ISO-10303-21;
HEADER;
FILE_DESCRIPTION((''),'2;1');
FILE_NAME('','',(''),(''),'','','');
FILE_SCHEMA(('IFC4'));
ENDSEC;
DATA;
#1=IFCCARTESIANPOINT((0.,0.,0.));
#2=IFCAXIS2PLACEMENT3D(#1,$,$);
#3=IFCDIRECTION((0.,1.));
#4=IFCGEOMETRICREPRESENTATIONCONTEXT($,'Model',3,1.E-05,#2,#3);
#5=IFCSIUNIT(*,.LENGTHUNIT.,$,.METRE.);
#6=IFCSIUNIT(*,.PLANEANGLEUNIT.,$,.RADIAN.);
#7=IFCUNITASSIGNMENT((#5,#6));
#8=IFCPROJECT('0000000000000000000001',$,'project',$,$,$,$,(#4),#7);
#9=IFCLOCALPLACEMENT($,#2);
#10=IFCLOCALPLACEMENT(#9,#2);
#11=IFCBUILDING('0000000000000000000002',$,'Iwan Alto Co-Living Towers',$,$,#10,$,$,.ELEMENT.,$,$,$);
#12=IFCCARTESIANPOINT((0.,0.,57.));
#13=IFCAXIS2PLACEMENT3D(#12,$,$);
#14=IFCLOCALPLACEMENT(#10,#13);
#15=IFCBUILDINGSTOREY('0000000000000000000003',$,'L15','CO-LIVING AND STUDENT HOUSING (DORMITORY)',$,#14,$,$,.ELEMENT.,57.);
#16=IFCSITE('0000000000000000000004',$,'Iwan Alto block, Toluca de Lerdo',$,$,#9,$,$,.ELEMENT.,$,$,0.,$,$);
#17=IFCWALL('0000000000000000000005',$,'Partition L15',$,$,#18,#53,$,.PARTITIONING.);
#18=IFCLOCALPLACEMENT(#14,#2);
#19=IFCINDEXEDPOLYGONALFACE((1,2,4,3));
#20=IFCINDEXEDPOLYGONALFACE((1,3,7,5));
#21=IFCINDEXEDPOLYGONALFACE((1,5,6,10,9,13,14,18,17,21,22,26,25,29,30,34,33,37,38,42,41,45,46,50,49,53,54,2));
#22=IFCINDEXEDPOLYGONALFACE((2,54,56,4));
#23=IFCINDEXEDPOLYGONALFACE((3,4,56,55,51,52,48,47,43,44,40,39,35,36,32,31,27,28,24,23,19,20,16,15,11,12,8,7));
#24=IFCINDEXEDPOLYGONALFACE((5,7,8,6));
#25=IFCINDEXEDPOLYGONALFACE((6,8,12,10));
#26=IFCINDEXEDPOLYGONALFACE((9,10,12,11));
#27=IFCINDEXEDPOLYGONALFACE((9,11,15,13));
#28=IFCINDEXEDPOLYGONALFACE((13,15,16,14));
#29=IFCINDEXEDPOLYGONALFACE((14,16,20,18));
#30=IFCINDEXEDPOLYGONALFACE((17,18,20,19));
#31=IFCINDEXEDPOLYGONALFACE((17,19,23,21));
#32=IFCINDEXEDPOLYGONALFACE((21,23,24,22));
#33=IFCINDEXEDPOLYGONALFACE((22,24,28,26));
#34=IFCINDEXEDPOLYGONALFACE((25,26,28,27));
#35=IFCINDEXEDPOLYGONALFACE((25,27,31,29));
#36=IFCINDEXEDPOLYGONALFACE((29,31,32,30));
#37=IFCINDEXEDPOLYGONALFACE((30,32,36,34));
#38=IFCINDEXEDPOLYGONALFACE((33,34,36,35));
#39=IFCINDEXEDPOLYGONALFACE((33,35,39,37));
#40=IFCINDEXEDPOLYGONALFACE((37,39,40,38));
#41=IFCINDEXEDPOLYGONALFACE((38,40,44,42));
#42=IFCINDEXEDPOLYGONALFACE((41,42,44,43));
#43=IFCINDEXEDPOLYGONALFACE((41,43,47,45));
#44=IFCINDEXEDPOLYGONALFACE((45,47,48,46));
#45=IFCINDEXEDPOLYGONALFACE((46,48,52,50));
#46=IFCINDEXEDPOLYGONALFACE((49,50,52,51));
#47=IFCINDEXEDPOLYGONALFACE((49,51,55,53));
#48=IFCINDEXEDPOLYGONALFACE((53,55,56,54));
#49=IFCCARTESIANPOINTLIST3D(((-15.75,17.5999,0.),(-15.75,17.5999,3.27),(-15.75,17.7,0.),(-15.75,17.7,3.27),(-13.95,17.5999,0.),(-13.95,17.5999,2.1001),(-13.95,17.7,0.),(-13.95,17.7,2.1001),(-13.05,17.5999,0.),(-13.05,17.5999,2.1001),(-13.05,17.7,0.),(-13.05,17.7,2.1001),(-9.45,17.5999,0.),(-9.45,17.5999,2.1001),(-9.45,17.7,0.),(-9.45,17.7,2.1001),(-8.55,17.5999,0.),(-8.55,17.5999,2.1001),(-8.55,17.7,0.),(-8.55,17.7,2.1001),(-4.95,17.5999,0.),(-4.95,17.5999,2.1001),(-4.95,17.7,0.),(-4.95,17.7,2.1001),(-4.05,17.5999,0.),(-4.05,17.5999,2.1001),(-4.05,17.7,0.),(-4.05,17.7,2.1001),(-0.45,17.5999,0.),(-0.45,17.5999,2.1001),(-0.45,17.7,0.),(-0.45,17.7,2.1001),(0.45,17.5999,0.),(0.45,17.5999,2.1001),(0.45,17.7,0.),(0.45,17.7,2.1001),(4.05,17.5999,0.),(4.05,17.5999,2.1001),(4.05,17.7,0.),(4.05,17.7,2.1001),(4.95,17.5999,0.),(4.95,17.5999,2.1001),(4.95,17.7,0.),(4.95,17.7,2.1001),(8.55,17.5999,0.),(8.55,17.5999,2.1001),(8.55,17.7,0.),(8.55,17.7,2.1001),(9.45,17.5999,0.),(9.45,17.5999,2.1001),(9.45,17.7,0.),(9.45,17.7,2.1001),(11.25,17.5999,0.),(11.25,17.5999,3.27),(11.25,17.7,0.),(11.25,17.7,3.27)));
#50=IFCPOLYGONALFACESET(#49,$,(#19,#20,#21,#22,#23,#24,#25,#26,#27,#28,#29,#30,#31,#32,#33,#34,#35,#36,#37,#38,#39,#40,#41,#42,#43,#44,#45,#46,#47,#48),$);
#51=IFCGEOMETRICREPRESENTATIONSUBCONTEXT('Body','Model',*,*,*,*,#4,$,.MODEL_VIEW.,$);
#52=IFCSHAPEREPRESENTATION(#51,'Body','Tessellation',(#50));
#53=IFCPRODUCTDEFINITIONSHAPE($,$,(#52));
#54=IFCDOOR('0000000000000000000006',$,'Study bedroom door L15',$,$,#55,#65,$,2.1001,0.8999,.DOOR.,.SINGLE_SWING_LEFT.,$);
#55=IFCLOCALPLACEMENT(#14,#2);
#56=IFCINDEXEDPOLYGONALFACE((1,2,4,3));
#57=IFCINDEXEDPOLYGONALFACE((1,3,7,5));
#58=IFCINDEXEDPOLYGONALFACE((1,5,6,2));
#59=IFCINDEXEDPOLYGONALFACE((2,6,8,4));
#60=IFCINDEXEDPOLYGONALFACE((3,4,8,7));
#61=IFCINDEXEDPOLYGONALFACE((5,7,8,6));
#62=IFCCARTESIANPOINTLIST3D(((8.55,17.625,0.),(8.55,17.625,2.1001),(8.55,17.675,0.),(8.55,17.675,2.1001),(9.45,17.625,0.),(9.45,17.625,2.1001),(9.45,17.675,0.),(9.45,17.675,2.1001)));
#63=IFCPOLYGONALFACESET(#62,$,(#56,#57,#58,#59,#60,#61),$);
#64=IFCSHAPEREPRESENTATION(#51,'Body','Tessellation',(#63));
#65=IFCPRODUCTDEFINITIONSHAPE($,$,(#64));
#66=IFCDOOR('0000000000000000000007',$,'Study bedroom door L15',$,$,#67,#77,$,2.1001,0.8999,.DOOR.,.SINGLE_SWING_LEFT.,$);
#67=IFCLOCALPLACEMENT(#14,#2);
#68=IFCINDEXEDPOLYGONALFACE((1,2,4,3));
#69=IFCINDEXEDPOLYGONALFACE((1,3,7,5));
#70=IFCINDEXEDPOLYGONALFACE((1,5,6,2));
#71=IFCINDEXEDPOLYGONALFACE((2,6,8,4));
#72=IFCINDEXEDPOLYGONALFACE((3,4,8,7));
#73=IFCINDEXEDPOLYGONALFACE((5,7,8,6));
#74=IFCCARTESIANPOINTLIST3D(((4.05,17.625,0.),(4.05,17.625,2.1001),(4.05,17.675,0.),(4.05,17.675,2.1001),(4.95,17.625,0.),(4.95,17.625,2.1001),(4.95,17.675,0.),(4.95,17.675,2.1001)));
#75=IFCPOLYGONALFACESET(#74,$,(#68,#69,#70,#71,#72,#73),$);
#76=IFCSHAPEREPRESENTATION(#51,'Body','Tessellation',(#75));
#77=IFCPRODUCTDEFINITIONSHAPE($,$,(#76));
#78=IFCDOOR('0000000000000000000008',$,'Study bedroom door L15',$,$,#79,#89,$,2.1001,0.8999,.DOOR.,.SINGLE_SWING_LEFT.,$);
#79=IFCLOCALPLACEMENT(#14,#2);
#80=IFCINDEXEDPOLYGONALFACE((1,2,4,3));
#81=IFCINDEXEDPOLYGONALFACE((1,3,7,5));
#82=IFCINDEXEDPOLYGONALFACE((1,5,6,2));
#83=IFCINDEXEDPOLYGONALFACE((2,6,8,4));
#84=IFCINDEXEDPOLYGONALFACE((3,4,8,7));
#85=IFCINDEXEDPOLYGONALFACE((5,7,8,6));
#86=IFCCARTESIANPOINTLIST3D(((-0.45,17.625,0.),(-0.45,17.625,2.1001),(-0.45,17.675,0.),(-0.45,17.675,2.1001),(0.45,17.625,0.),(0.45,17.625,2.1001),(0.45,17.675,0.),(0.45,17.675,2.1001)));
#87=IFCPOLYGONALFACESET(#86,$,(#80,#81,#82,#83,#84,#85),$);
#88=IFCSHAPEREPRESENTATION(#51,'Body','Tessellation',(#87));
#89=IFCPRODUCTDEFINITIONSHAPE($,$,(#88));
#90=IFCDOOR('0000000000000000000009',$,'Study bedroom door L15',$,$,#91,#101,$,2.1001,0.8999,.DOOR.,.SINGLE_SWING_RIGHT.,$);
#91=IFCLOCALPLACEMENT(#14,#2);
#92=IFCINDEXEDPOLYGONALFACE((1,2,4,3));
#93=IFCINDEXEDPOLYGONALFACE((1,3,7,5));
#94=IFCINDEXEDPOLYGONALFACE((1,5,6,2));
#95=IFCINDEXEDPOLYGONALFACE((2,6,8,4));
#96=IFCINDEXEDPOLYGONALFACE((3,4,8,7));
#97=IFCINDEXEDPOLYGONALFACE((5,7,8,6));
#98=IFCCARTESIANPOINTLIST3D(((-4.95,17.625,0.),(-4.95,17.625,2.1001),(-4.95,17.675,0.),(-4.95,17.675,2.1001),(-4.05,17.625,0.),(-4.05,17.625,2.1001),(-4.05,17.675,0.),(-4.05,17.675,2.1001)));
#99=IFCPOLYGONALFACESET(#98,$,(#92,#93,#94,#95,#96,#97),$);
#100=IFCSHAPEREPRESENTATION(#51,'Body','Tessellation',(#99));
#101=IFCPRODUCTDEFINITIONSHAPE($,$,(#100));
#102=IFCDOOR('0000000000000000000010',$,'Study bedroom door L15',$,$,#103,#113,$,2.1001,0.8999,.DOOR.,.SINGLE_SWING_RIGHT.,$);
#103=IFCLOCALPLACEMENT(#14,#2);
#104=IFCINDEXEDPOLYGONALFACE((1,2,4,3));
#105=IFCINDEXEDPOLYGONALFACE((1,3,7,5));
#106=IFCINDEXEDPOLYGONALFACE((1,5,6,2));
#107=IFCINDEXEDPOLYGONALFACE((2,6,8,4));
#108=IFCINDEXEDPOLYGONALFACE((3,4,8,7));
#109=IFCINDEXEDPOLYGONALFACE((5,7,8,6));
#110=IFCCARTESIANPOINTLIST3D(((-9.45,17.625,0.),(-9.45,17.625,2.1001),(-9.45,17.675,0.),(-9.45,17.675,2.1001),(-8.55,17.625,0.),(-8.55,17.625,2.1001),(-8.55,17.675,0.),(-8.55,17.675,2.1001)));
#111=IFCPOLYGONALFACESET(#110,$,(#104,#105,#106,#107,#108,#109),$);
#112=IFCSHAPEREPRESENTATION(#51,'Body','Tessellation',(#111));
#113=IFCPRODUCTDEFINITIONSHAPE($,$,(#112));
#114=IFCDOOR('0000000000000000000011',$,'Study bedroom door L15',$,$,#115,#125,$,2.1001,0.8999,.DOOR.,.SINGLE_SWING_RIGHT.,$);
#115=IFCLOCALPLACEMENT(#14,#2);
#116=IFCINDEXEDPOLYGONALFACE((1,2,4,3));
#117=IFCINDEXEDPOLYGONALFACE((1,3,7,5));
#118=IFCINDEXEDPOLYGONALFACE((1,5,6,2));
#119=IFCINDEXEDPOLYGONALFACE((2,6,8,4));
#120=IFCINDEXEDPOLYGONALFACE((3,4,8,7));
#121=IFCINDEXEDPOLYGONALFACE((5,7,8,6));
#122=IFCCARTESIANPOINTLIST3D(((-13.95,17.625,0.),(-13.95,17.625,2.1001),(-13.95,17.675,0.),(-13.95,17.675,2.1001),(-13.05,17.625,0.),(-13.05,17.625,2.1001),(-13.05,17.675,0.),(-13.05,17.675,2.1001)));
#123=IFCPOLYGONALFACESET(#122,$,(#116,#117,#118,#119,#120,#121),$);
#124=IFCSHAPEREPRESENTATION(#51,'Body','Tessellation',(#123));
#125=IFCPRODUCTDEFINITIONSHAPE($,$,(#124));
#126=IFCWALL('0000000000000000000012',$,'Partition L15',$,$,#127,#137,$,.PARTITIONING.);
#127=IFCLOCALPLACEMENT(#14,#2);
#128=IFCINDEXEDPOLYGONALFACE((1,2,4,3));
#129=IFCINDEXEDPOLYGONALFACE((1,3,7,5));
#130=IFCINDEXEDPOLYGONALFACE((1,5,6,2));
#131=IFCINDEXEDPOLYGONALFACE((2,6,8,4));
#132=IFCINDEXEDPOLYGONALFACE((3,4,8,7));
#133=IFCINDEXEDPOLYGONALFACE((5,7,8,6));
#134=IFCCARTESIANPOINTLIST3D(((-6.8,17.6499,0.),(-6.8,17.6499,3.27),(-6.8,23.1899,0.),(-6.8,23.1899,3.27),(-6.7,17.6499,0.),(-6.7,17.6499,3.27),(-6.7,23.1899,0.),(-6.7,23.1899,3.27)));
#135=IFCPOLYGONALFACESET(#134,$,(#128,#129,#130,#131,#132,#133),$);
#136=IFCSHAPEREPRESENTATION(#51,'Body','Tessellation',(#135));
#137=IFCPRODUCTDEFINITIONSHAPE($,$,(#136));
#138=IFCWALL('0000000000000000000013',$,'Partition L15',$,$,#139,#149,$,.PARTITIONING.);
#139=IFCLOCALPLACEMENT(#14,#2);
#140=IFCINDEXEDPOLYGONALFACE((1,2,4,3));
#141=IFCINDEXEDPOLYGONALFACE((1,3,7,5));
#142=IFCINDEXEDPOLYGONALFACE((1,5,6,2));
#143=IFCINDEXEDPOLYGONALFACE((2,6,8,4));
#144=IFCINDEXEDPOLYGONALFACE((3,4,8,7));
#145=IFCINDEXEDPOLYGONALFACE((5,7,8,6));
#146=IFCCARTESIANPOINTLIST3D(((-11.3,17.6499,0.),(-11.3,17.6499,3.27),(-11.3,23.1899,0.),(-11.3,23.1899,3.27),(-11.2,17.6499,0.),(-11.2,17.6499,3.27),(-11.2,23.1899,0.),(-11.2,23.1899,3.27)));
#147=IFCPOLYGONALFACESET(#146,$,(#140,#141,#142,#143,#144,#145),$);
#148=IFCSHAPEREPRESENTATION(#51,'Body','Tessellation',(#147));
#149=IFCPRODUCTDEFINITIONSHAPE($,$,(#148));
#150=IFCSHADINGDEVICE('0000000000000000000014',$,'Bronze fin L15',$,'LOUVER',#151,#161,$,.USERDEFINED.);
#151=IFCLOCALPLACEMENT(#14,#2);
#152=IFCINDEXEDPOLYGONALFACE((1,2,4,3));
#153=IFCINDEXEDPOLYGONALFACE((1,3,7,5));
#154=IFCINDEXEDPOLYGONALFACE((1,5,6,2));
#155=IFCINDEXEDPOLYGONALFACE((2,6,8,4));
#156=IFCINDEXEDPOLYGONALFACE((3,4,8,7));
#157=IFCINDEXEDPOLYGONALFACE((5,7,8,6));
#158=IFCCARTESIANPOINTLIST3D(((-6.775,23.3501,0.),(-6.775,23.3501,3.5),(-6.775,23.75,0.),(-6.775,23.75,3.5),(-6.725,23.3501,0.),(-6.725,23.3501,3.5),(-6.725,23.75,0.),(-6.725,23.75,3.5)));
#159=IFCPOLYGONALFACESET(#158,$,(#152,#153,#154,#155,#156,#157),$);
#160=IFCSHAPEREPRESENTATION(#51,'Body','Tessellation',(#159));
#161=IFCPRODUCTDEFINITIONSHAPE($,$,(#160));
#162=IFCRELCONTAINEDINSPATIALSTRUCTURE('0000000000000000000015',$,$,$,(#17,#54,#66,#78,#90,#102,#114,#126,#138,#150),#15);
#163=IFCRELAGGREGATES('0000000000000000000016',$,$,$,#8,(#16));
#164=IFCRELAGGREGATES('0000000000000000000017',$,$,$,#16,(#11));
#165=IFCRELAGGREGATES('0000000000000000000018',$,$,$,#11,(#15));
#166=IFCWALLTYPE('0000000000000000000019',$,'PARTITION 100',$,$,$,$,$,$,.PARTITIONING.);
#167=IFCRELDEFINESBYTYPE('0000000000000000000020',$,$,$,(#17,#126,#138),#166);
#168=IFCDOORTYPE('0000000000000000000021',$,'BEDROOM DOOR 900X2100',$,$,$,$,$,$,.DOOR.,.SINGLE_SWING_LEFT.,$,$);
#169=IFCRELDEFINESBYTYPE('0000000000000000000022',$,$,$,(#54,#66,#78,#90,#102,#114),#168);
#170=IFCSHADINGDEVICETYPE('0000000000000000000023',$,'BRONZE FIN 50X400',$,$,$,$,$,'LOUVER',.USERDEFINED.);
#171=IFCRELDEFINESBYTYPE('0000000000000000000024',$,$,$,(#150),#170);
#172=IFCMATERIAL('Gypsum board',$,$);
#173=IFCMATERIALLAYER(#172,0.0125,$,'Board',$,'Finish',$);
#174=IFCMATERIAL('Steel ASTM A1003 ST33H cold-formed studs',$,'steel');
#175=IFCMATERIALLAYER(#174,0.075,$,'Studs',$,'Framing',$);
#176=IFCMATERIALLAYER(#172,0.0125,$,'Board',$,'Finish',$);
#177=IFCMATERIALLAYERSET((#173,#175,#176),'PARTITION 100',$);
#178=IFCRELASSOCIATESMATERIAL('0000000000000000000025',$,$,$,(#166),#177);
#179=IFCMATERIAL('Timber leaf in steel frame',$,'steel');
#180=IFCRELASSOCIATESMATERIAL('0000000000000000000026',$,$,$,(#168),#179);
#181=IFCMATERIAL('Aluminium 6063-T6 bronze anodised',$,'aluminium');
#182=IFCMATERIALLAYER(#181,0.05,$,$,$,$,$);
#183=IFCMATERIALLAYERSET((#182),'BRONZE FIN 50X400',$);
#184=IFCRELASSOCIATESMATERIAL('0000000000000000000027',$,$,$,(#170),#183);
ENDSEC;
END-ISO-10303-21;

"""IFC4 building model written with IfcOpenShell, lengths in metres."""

from ifc_helpers import new_model, si_unit, direction, frame, frame_2d, origin, origin_2d, place, context, subcontext, project, spatial, rectangle, extrude, material, layer, layer_set, type_object, element, fill, save


model = new_model("IFC4")

# Units and contexts
model_context = context("Model", 3, precision=1e-05, world=origin(), true_north=direction((0.0, 1.0)))
body_context = subcontext(model_context, "Body", "Model", "MODEL_VIEW")
ifc_project = project(units=[si_unit("LENGTHUNIT", "METRE"), si_unit("PLANEANGLEUNIT", "RADIAN")], contexts=[model_context])

# Site, building, storey
site_placement = place(None, origin())
site = spatial("IfcSite", under=ifc_project, at=site_placement, Name="Iwan Alto block, Toluca de Lerdo", CompositionType="ELEMENT", RefElevation=0.0)
building_placement = place(site_placement, origin())
building = spatial("IfcBuilding", under=site, at=building_placement, Name="Iwan Alto Co-Living Towers", CompositionType="ELEMENT")
storey_placement = place(building_placement, frame((0.0, 0.0, 57.0)))
storey = spatial("IfcBuildingStorey", under=building, at=storey_placement, Name="L15", Description="CO-LIVING AND STUDENT HOUSING (DORMITORY)", CompositionType="ELEMENT", Elevation=57.0)

# Shared definitions
ifc_material_1 = material(Name="Gypsum board")
ifc_layer_1 = layer(ifc_material_1, 0.0125, Name="Board", Category="Finish")
ifc_material_2 = material(Name="Steel ASTM A1003 ST33H cold-formed studs", Category="steel")
ifc_layer_2 = layer(ifc_material_2, 0.075, Name="Studs", Category="Framing")
ifc_layer_3 = layer(ifc_material_1, 0.0125, Name="Board", Category="Finish")
ifc_layer_set_1 = layer_set([ifc_layer_1, ifc_layer_2, ifc_layer_3], Name="PARTITION 100")
wall_type = type_object("IfcWallType", Name="PARTITION 100", PredefinedType="PARTITIONING", material=ifc_layer_set_1)

# Wall, openings, doors
wall_1_placement = place(storey_placement, frame((-15.75, 17.6499, 0.0), z_axis=(0.0, 0.0, 1.0), x_axis=(1.0, 0.0, 0.0)))
wall_1 = element("IfcWall", 1, at=wall_1_placement, inside=storey, type_object=wall_type, Name="Partition L15", PredefinedType="PARTITIONING", context=body_context, shape_type="SweptSolid", body=[
    extrude(rectangle(XDim=27.0, YDim=0.1001, at=frame_2d((13.5, 0.0))), origin(), (0.0, 0.0, 1.0), 3.27),
])
opening_1_placement = place(wall_1_placement, frame((24.3, 0.0, 0.0)))
opening_1 = element("IfcOpeningElement", 2, at=opening_1_placement, cuts=wall_1, PredefinedType="OPENING", context=body_context, shape_type="SweptSolid", body=[
    extrude(rectangle(XDim=0.8999, YDim=2.1001, at=frame_2d((0.45, 1.05))), frame((0.0, 0.0601, 0.0), z_axis=(0.0, -1.0, 0.0), x_axis=(1.0, 0.0, 0.0)), (0.0, 0.0, 1.0), 0.1201),
])
opening_2_placement = place(wall_1_placement, frame((19.8, 0.0, 0.0)))
opening_2 = element("IfcOpeningElement", 3, at=opening_2_placement, cuts=wall_1, PredefinedType="OPENING", context=body_context, shape_type="SweptSolid", body=[
    extrude(rectangle(XDim=0.8999, YDim=2.1001, at=frame_2d((0.45, 1.05))), frame((0.0, 0.0601, 0.0), z_axis=(0.0, -1.0, 0.0), x_axis=(1.0, 0.0, 0.0)), (0.0, 0.0, 1.0), 0.1201),
])
opening_3_placement = place(wall_1_placement, frame((15.3, 0.0, 0.0)))
opening_3 = element("IfcOpeningElement", 4, at=opening_3_placement, cuts=wall_1, PredefinedType="OPENING", context=body_context, shape_type="SweptSolid", body=[
    extrude(rectangle(XDim=0.8999, YDim=2.1001, at=frame_2d((0.45, 1.05))), frame((0.0, 0.0601, 0.0), z_axis=(0.0, -1.0, 0.0), x_axis=(1.0, 0.0, 0.0)), (0.0, 0.0, 1.0), 0.1201),
])
opening_4_placement = place(wall_1_placement, frame((10.8, 0.0, 0.0)))
opening_4 = element("IfcOpeningElement", 5, at=opening_4_placement, cuts=wall_1, PredefinedType="OPENING", context=body_context, shape_type="SweptSolid", body=[
    extrude(rectangle(XDim=0.8999, YDim=2.1001, at=frame_2d((0.45, 1.05))), frame((0.0, 0.0601, 0.0), z_axis=(0.0, -1.0, 0.0), x_axis=(1.0, 0.0, 0.0)), (0.0, 0.0, 1.0), 0.1201),
])
opening_5_placement = place(wall_1_placement, frame((6.3, 0.0, 0.0)))
opening_5 = element("IfcOpeningElement", 6, at=opening_5_placement, cuts=wall_1, PredefinedType="OPENING", context=body_context, shape_type="SweptSolid", body=[
    extrude(rectangle(XDim=0.8999, YDim=2.1001, at=frame_2d((0.45, 1.05))), frame((0.0, 0.0601, 0.0), z_axis=(0.0, -1.0, 0.0), x_axis=(1.0, 0.0, 0.0)), (0.0, 0.0, 1.0), 0.1201),
])
opening_6_placement = place(wall_1_placement, frame((1.8, 0.0, 0.0)))
opening_6 = element("IfcOpeningElement", 7, at=opening_6_placement, cuts=wall_1, PredefinedType="OPENING", context=body_context, shape_type="SweptSolid", body=[
    extrude(rectangle(XDim=0.8999, YDim=2.1001, at=frame_2d((0.45, 1.05))), frame((0.0, 0.0601, 0.0), z_axis=(0.0, -1.0, 0.0), x_axis=(1.0, 0.0, 0.0)), (0.0, 0.0, 1.0), 0.1201),
])
ifc_material_3 = material(Name="Timber leaf in steel frame", Category="steel")
door_type_1 = type_object("IfcDoorType", Name="BEDROOM DOOR 900X2100", OperationType="SINGLE_SWING_LEFT", PredefinedType="DOOR", material=ifc_material_3)
door_1_placement = place(opening_1_placement, frame((0.8999, 0.0, 0.0), z_axis=(0.0, 0.0, 1.0), x_axis=(-1.0, 0.0, 0.0)))
door_1 = element("IfcDoor", 8, at=door_1_placement, inside=storey, type_object=door_type_1, Name="Study bedroom door L15", OperationType="SINGLE_SWING_LEFT", OverallHeight=2.1001, OverallWidth=0.8999, PredefinedType="DOOR", context=body_context, shape_type="SweptSolid", body=[
    extrude(rectangle(XDim=0.8999, YDim=2.1001, at=frame_2d((0.45, 1.05))), frame((0.0, 0.0249, 0.0), z_axis=(0.0, -1.0, 0.0), x_axis=(1.0, 0.0, 0.0)), (0.0, 0.0, 1.0), 0.05),
])
fill(opening_1, door_1)
door_2_placement = place(opening_2_placement, frame((0.8999, 0.0, 0.0), z_axis=(0.0, 0.0, 1.0), x_axis=(-1.0, 0.0, 0.0)))
door_2 = element("IfcDoor", 9, at=door_2_placement, inside=storey, type_object=door_type_1, Name="Study bedroom door L15", OperationType="SINGLE_SWING_LEFT", OverallHeight=2.1001, OverallWidth=0.8999, PredefinedType="DOOR", context=body_context, shape_type="SweptSolid", body=[
    extrude(rectangle(XDim=0.8999, YDim=2.1001, at=frame_2d((0.45, 1.05))), frame((0.0, 0.0249, 0.0), z_axis=(0.0, -1.0, 0.0), x_axis=(1.0, 0.0, 0.0)), (0.0, 0.0, 1.0), 0.05),
])
fill(opening_2, door_2)
door_3_placement = place(opening_3_placement, frame((0.8999, 0.0, 0.0), z_axis=(0.0, 0.0, 1.0), x_axis=(-1.0, 0.0, 0.0)))
door_3 = element("IfcDoor", 10, at=door_3_placement, inside=storey, type_object=door_type_1, Name="Study bedroom door L15", OperationType="SINGLE_SWING_LEFT", OverallHeight=2.1001, OverallWidth=0.8999, PredefinedType="DOOR", context=body_context, shape_type="SweptSolid", body=[
    extrude(rectangle(XDim=0.8999, YDim=2.1001, at=frame_2d((0.45, 1.05))), frame((0.0, 0.0249, 0.0), z_axis=(0.0, -1.0, 0.0), x_axis=(1.0, 0.0, 0.0)), (0.0, 0.0, 1.0), 0.05),
])
fill(opening_3, door_3)
door_4_placement = place(opening_4_placement, frame((0.8999, 0.0, 0.0), z_axis=(0.0, 0.0, 1.0), x_axis=(-1.0, 0.0, 0.0)))
door_4 = element("IfcDoor", 11, at=door_4_placement, inside=storey, type_object=door_type_1, Name="Study bedroom door L15", OperationType="SINGLE_SWING_RIGHT", OverallHeight=2.1001, OverallWidth=0.8999, PredefinedType="DOOR", context=body_context, shape_type="SweptSolid", body=[
    extrude(rectangle(XDim=0.8999, YDim=2.1001, at=frame_2d((0.45, 1.05))), frame((0.0, 0.0249, 0.0), z_axis=(0.0, -1.0, 0.0), x_axis=(1.0, 0.0, 0.0)), (0.0, 0.0, 1.0), 0.05),
])
fill(opening_4, door_4)
door_5_placement = place(opening_5_placement, frame((0.8999, 0.0, 0.0), z_axis=(0.0, 0.0, 1.0), x_axis=(-1.0, 0.0, 0.0)))
door_5 = element("IfcDoor", 12, at=door_5_placement, inside=storey, type_object=door_type_1, Name="Study bedroom door L15", OperationType="SINGLE_SWING_RIGHT", OverallHeight=2.1001, OverallWidth=0.8999, PredefinedType="DOOR", context=body_context, shape_type="SweptSolid", body=[
    extrude(rectangle(XDim=0.8999, YDim=2.1001, at=frame_2d((0.45, 1.05))), frame((0.0, 0.0249, 0.0), z_axis=(0.0, -1.0, 0.0), x_axis=(1.0, 0.0, 0.0)), (0.0, 0.0, 1.0), 0.05),
])
fill(opening_5, door_5)
door_6_placement = place(opening_6_placement, frame((0.8999, 0.0, 0.0), z_axis=(0.0, 0.0, 1.0), x_axis=(-1.0, 0.0, 0.0)))
door_6 = element("IfcDoor", 13, at=door_6_placement, inside=storey, type_object=door_type_1, Name="Study bedroom door L15", OperationType="SINGLE_SWING_RIGHT", OverallHeight=2.1001, OverallWidth=0.8999, PredefinedType="DOOR", context=body_context, shape_type="SweptSolid", body=[
    extrude(rectangle(XDim=0.8999, YDim=2.1001, at=frame_2d((0.45, 1.05))), frame((0.0, 0.0249, 0.0), z_axis=(0.0, -1.0, 0.0), x_axis=(1.0, 0.0, 0.0)), (0.0, 0.0, 1.0), 0.05),
])
fill(opening_6, door_6)

# Walls
for number, where, z_axis, x_axis, name in (
    (14, (-6.75, 17.6499, 0.0), (0.0, 0.0, 1.0), (0.0, 1.0, 0.0), "Partition L15"),
    (15, (-11.25, 17.6499, 0.0), (0.0, 0.0, 1.0), (0.0, 1.0, 0.0), "Partition L15"),
):
    element("IfcWall", number, at=place(storey_placement, frame(where, z_axis=z_axis, x_axis=x_axis)), inside=storey, type_object=wall_type, Name=name, PredefinedType="PARTITIONING", context=body_context, shape_type="SweptSolid", body=[
        extrude(rectangle(XDim=5.54, YDim=0.1001, at=frame_2d((2.77, 0.0))), origin(), (0.0, 0.0, 1.0), 3.27),
    ])

# Shading device
ifc_material_4 = material(Name="Aluminium 6063-T6 bronze anodised", Category="aluminium")
ifc_layer_4 = layer(ifc_material_4, 0.05)
ifc_layer_set_2 = layer_set([ifc_layer_4], Name="BRONZE FIN 50X400")
shading_device_type = type_object("IfcShadingDeviceType", Name="BRONZE FIN 50X400", ElementType="LOUVER", PredefinedType="USERDEFINED", material=ifc_layer_set_2)
for number, where, z_axis, x_axis, name in (
    (16, (-6.75, 23.55, 0.0), (0.0, 0.0, 1.0), (-1.0, 0.0, 0.0), "Bronze fin L15"),
):
    element("IfcShadingDevice", number, at=place(storey_placement, frame(where, z_axis=z_axis, x_axis=x_axis)), inside=storey, type_object=shading_device_type, Name=name, ObjectType="LOUVER", PredefinedType="USERDEFINED", context=body_context, shape_type="SweptSolid", body=[
        extrude(rectangle(XDim=0.05, YDim=0.3999, at=origin_2d()), origin(), (0.0, 0.0, 1.0), 3.5),
    ])

save(model, "model.ifc")
